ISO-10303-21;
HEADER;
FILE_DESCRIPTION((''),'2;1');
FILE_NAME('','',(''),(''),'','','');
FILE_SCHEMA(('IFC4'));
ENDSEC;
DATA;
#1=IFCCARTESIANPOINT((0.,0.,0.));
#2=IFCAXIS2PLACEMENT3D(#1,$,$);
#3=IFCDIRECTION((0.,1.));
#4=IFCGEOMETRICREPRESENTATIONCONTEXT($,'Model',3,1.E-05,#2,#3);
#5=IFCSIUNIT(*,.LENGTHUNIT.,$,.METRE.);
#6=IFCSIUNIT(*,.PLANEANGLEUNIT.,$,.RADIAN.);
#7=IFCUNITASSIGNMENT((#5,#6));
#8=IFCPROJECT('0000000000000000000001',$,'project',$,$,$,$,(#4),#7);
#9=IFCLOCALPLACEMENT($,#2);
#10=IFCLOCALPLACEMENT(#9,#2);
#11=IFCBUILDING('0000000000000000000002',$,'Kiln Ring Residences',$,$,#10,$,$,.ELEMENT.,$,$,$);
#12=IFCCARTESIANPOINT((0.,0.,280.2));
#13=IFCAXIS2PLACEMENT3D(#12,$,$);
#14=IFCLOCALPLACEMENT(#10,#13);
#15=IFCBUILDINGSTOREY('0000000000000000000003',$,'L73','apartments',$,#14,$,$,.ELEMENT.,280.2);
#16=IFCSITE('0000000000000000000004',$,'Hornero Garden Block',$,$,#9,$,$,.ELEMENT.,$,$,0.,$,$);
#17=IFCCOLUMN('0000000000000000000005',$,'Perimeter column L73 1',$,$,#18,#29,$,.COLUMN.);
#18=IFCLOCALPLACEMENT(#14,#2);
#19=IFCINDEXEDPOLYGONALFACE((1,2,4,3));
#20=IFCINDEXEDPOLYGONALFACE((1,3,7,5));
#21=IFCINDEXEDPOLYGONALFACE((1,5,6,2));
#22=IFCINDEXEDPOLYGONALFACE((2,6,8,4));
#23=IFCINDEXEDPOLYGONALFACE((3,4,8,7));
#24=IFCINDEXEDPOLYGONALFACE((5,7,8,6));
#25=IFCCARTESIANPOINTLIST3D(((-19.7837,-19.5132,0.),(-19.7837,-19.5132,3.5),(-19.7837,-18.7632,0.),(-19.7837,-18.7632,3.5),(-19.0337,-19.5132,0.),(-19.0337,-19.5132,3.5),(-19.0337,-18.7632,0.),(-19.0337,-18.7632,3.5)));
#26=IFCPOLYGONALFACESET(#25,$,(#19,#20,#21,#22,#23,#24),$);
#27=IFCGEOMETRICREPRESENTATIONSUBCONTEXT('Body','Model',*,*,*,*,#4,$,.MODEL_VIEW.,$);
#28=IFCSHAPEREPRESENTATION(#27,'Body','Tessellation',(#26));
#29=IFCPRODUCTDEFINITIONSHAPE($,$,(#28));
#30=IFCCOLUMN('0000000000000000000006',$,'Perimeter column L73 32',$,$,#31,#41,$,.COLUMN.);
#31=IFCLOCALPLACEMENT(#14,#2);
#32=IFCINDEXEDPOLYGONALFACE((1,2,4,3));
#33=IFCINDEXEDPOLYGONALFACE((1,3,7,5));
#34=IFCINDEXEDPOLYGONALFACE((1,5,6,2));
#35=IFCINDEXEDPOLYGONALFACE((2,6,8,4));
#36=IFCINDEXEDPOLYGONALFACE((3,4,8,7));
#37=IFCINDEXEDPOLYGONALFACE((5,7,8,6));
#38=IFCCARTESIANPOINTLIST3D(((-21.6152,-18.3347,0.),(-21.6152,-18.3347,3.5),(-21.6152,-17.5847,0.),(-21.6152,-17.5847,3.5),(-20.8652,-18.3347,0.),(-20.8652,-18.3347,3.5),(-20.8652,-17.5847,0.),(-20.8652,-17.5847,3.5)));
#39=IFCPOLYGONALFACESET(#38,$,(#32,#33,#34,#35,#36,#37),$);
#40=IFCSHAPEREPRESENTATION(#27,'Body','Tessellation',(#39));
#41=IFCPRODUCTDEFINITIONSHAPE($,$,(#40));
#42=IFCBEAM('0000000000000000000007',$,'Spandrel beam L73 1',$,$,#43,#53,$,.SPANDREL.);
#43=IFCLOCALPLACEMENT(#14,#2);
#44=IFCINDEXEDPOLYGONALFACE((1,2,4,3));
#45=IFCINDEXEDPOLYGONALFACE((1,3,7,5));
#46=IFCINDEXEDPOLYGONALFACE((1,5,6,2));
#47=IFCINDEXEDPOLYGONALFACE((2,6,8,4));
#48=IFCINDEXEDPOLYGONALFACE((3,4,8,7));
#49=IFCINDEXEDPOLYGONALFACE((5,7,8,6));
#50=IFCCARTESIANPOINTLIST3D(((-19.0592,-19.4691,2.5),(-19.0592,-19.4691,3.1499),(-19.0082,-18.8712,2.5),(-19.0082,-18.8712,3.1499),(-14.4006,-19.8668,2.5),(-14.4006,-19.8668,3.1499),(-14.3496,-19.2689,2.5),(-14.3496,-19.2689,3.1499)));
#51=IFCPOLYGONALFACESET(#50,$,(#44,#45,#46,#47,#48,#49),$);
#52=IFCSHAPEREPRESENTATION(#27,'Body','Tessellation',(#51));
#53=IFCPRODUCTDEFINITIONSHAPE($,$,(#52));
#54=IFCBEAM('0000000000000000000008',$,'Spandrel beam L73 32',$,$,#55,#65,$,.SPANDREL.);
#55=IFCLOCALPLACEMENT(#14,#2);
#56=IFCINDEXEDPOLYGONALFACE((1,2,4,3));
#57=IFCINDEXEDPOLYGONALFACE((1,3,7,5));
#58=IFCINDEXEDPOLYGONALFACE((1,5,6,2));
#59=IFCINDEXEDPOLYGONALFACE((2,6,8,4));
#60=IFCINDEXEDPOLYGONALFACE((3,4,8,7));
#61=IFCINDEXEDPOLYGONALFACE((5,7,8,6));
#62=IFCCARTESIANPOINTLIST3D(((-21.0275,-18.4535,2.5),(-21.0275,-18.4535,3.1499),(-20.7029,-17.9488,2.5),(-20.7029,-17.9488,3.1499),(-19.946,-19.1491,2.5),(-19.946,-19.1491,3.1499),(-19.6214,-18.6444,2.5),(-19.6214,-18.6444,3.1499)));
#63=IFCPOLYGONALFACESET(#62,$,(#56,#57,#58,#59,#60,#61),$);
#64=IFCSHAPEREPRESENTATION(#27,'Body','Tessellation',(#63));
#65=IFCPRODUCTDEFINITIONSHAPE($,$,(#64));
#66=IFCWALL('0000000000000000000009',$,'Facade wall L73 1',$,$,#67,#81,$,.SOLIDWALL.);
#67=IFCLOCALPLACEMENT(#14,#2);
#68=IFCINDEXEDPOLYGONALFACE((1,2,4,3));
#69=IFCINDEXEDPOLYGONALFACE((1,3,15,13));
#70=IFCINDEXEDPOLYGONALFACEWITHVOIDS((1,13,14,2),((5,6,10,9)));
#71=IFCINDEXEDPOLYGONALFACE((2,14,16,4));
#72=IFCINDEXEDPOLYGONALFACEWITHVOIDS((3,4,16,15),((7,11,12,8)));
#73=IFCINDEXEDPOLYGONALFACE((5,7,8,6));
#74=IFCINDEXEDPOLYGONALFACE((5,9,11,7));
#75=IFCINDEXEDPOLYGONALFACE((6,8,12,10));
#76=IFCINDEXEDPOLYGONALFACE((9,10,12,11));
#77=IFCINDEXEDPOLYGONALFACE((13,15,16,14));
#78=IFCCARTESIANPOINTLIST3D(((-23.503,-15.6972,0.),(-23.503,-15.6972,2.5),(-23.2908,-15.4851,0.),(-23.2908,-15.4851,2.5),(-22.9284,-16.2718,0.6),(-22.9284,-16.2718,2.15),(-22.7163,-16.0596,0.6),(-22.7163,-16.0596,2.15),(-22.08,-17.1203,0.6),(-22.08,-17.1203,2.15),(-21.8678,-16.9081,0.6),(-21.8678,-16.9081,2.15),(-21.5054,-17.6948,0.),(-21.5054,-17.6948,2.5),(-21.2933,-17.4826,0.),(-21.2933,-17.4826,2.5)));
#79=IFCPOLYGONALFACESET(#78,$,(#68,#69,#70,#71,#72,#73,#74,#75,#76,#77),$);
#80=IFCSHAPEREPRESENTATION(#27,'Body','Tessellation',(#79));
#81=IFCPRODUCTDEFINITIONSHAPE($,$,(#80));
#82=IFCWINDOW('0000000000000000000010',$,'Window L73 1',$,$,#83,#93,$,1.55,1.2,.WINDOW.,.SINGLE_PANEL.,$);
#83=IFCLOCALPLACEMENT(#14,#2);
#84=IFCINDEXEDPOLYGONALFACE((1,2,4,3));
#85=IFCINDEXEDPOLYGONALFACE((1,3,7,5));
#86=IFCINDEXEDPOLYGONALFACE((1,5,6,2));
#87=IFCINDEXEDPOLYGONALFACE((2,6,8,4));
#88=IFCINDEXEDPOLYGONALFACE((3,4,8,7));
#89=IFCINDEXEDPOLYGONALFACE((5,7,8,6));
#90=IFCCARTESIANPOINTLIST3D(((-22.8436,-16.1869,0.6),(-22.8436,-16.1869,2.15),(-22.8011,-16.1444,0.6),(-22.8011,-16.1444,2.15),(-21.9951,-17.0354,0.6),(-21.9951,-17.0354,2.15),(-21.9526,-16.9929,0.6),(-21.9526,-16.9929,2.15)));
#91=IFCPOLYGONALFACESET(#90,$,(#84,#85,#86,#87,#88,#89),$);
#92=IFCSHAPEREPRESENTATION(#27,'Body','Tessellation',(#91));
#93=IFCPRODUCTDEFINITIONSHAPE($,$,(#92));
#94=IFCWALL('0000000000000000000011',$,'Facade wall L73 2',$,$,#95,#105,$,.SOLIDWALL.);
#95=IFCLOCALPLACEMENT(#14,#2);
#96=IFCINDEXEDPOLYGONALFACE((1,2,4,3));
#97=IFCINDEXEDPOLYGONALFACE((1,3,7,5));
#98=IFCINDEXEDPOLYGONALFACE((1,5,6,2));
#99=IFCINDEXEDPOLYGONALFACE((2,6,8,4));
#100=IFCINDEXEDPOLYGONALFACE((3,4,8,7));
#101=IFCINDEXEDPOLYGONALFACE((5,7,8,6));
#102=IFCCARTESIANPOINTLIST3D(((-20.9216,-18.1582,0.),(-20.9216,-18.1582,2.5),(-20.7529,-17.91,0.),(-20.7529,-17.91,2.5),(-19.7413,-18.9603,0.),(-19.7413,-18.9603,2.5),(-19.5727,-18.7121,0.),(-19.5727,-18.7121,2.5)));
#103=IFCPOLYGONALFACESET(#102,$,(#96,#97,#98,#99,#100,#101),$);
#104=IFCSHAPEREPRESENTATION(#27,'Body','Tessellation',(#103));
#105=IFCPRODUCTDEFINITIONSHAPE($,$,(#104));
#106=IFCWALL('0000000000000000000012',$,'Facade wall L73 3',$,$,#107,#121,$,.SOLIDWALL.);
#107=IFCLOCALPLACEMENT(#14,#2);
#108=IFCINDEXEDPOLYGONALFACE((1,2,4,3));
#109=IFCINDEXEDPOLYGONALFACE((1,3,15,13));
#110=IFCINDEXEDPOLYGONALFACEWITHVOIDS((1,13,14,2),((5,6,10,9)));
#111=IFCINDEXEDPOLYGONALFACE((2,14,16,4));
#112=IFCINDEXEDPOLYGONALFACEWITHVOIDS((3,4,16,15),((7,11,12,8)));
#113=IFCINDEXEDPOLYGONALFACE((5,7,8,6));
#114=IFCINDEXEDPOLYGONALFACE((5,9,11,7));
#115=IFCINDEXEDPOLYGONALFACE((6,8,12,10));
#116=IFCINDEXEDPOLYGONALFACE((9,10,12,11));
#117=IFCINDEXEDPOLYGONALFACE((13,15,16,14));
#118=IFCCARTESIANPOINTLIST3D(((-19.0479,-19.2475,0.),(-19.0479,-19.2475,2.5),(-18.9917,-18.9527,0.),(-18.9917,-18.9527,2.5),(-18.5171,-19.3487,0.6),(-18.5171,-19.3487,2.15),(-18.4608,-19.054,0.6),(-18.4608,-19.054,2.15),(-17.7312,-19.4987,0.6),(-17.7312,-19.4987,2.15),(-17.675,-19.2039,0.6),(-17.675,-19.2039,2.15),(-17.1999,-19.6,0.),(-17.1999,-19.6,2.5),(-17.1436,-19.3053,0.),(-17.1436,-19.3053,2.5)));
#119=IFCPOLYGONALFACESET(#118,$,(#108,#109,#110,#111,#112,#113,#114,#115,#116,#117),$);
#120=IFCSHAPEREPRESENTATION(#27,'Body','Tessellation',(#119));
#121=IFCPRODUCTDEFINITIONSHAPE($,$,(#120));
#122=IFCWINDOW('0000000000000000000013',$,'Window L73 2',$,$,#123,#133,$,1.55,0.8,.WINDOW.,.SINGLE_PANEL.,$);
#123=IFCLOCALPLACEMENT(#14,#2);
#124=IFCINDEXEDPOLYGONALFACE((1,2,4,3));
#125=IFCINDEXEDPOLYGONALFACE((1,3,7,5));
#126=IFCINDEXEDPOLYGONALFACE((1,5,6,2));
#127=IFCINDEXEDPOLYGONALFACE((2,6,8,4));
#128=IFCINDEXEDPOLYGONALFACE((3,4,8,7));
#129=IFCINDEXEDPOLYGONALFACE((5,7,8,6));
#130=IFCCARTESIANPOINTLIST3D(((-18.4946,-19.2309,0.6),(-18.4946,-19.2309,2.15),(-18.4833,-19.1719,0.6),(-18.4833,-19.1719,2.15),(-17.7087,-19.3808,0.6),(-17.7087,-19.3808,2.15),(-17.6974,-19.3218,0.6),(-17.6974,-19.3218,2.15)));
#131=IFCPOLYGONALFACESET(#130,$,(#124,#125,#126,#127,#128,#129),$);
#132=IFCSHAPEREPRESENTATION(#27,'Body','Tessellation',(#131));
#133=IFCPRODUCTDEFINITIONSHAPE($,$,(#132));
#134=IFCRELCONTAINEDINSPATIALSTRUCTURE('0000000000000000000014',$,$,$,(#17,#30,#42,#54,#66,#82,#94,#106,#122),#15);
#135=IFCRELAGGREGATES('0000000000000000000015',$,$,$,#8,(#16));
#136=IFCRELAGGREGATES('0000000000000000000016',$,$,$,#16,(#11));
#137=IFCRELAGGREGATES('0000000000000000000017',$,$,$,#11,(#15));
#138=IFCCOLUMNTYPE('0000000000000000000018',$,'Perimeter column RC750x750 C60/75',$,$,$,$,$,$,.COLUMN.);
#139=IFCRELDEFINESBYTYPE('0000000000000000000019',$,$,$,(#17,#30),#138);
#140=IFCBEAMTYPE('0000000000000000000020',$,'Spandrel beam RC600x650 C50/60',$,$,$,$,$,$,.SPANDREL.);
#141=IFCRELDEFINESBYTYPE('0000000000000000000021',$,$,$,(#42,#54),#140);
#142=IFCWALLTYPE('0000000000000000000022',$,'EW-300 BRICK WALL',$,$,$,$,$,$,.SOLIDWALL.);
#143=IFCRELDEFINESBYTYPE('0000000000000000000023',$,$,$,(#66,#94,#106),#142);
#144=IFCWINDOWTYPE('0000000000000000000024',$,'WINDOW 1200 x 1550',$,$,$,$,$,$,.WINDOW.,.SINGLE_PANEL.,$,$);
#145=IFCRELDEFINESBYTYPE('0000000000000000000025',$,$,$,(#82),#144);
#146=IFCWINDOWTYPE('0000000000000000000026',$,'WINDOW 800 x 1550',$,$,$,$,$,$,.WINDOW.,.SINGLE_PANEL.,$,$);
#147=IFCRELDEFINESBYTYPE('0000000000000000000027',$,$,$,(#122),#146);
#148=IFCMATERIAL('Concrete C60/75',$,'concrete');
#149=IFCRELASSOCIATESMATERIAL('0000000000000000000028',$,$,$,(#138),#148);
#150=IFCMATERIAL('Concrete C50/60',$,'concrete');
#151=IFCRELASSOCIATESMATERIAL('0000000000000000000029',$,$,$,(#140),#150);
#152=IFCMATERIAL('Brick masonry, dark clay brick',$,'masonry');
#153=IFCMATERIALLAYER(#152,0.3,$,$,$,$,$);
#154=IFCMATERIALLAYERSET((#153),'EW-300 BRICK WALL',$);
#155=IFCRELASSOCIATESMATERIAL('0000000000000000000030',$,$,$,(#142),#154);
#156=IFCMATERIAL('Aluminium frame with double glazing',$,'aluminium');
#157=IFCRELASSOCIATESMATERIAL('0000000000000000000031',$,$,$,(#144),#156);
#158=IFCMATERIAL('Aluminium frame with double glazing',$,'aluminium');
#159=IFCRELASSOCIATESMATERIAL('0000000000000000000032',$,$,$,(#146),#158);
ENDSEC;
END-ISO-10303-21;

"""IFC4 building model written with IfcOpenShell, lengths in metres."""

from ifc_helpers import new_model, si_unit, direction, frame, frame_2d, origin, origin_2d, place, context, subcontext, project, spatial, rectangle, extrude, material, layer, layer_set, material_profile, profile_set, type_object, element, fill, save


model = new_model("IFC4")

# Units and contexts
model_context = context("Model", 3, precision=1e-05, world=origin(), true_north=direction((0.0, 1.0)))
body_context = subcontext(model_context, "Body", "Model", "MODEL_VIEW")
ifc_project = project(units=[si_unit("LENGTHUNIT", "METRE"), si_unit("PLANEANGLEUNIT", "RADIAN")], contexts=[model_context])

# Site, building, storey
site_placement = place(None, origin())
site = spatial("IfcSite", under=ifc_project, at=site_placement, Name="Hornero Garden Block", CompositionType="ELEMENT", RefElevation=0.0)
building_placement = place(site_placement, origin())
building = spatial("IfcBuilding", under=site, at=building_placement, Name="Kiln Ring Residences", CompositionType="ELEMENT")
storey_placement = place(building_placement, frame((0.0, 0.0, 280.2)))
storey = spatial("IfcBuildingStorey", under=building, at=storey_placement, Name="L73", Description="apartments", CompositionType="ELEMENT", Elevation=280.2)

# Columns
ifc_material_1 = material(Name="Concrete C60/75", Category="concrete")
ifc_material_profile_1 = material_profile(ifc_material_1, rectangle(XDim=0.75, YDim=0.75, at=origin_2d()), Name="RC750x750")
ifc_profile_set_1 = profile_set([ifc_material_profile_1], Name="Concrete C60/75")
column_type = type_object("IfcColumnType", Name="Perimeter column RC750x750 C60/75", PredefinedType="COLUMN", material=ifc_profile_set_1)
for number, where, z_axis, x_axis, name in (
    (1, (-19.4087, -19.1382, 0.0), (0.0, 0.0, 1.0), (1.0, 0.0, 0.0), "Perimeter column L73 1"),
    (2, (-21.2402, -17.9597, 0.0), (0.0, 0.0, 1.0), (1.0, 0.0, 0.0), "Perimeter column L73 32"),
):
    element("IfcColumn", number, at=place(storey_placement, frame(where, z_axis=z_axis, x_axis=x_axis)), inside=storey, type_object=column_type, Name=name, PredefinedType="COLUMN", context=body_context, shape_type="SweptSolid", body=[
        extrude(rectangle(XDim=0.75, YDim=0.75, at=origin_2d()), origin(), (0.0, 0.0, 1.0), 3.5),
    ])

# Beams
ifc_material_2 = material(Name="Concrete C50/60", Category="concrete")
ifc_material_profile_2 = material_profile(ifc_material_2, rectangle(XDim=0.6001, YDim=0.6499, at=origin_2d()), Name="RC600x650")
ifc_profile_set_2 = profile_set([ifc_material_profile_2], Name="Concrete C50/60")
beam_type = type_object("IfcBeamType", Name="Spandrel beam RC600x650 C50/60", PredefinedType="SPANDREL", material=ifc_profile_set_2)
beam_1_placement = place(storey_placement, frame((-19.0337, -19.1702, 2.825), z_axis=(0.996376, -0.085059, 0.0), x_axis=(0.085059, 0.996376, 0.0)))
element("IfcBeam", 3, at=beam_1_placement, inside=storey, type_object=beam_type, Name="Spandrel beam L73 1", PredefinedType="SPANDREL", context=body_context, shape_type="SweptSolid", body=[
    extrude(rectangle(XDim=0.6001, YDim=0.6499, at=origin_2d()), origin(), (0.0, 0.0, 1.0), 4.6755),
])
beam_2_placement = place(storey_placement, frame((-20.8652, -18.2012, 2.825), z_axis=(0.84108, -0.540911, 0.0), x_axis=(0.540911, 0.84108, 0.0)))
element("IfcBeam", 4, at=beam_2_placement, inside=storey, type_object=beam_type, Name="Spandrel beam L73 32", PredefinedType="SPANDREL", context=body_context, shape_type="SweptSolid", body=[
    extrude(rectangle(XDim=0.6001, YDim=0.6499, at=origin_2d()), origin(), (0.0, 0.0, 1.0), 1.2859),
])

# Wall, opening, window
ifc_material_3 = material(Name="Brick masonry, dark clay brick", Category="masonry")
ifc_layer_1 = layer(ifc_material_3, 0.3)
ifc_layer_set_1 = layer_set([ifc_layer_1], Name="EW-300 BRICK WALL")
wall_type_1 = type_object("IfcWallType", Name="EW-300 BRICK WALL", PredefinedType="SOLIDWALL", material=ifc_layer_set_1)
wall_1_placement = place(storey_placement, frame((-23.397, -15.5911, 0.0), z_axis=(0.0, 0.0, 1.0), x_axis=(0.707107, -0.707107, 0.0)))
wall_1 = element("IfcWall", 5, at=wall_1_placement, inside=storey, type_object=wall_type_1, Name="Facade wall L73 1", PredefinedType="SOLIDWALL", context=body_context, shape_type="SweptSolid", body=[
    extrude(rectangle(XDim=2.825, YDim=0.3, at=frame_2d((1.4126, 0.0))), origin(), (0.0, 0.0, 1.0), 2.5),
])
opening_1_placement = place(wall_1_placement, frame((0.8125, 0.0, 0.6001)))
opening_1 = element("IfcOpeningElement", 6, at=opening_1_placement, cuts=wall_1, PredefinedType="OPENING", context=body_context, shape_type="SweptSolid", body=[
    extrude(rectangle(XDim=1.2, YDim=1.55, at=frame_2d((0.6001, 0.7749))), frame((0.0, 0.1599, 0.0), z_axis=(0.0, -1.0, 0.0), x_axis=(1.0, 0.0, 0.0)), (0.0, 0.0, 1.0), 0.3201),
])
ifc_material_4 = material(Name="Aluminium frame with double glazing", Category="aluminium")
window_type_1 = type_object("IfcWindowType", Name="WINDOW 1200 x 1550", PartitioningType="SINGLE_PANEL", PredefinedType="WINDOW", material=ifc_material_4)
window_1_placement = place(opening_1_placement, origin())
window_1 = element("IfcWindow", 7, at=window_1_placement, inside=storey, type_object=window_type_1, Name="Window L73 1", OverallHeight=1.55, OverallWidth=1.2, PartitioningType="SINGLE_PANEL", PredefinedType="WINDOW", context=body_context, shape_type="SweptSolid", body=[
    extrude(rectangle(XDim=1.2, YDim=1.55, at=frame_2d((0.6001, 0.7749))), frame((0.0, 0.03, 0.0), z_axis=(0.0, -1.0, 0.0), x_axis=(1.0, 0.0, 0.0)), (0.0, 0.0, 1.0), 0.0601),
])
fill(opening_1, window_1)

# Wall
wall_2_placement = place(storey_placement, frame((-20.8372, -18.0342, 0.0), z_axis=(0.0, 0.0, 1.0), x_axis=(0.827095, -0.562062, 0.0)))
element("IfcWall", 8, at=wall_2_placement, inside=storey, type_object=wall_type_1, Name="Facade wall L73 2", PredefinedType="SOLIDWALL", context=body_context, shape_type="SweptSolid", body=[
    extrude(rectangle(XDim=1.427, YDim=0.3, at=frame_2d((0.7134, 0.0))), origin(), (0.0, 0.0, 1.0), 2.5),
])

# Wall, opening, window
wall_3_placement = place(storey_placement, frame((-19.0198, -19.1001, 0.0), z_axis=(0.0, 0.0, 1.0), x_axis=(0.982284, -0.187398, 0.0)))
wall_3 = element("IfcWall", 9, at=wall_3_placement, inside=storey, type_object=wall_type_1, Name="Facade wall L73 3", PredefinedType="SOLIDWALL", context=body_context, shape_type="SweptSolid", body=[
    extrude(rectangle(XDim=1.8813, YDim=0.3, at=frame_2d((0.9407, 0.0))), origin(), (0.0, 0.0, 1.0), 2.5),
])
opening_2_placement = place(wall_3_placement, frame((0.5405, 0.0, 0.6001)))
opening_2 = element("IfcOpeningElement", 10, at=opening_2_placement, cuts=wall_3, PredefinedType="OPENING", context=body_context, shape_type="SweptSolid", body=[
    extrude(rectangle(XDim=0.8, YDim=1.55, at=frame_2d((0.3999, 0.7749))), frame((0.0, 0.1599, 0.0), z_axis=(0.0, -1.0, 0.0), x_axis=(1.0, 0.0, 0.0)), (0.0, 0.0, 1.0), 0.3201),
])
ifc_material_5 = material(Name="Aluminium frame with double glazing", Category="aluminium")
window_type_2 = type_object("IfcWindowType", Name="WINDOW 800 x 1550", PartitioningType="SINGLE_PANEL", PredefinedType="WINDOW", material=ifc_material_5)
window_2_placement = place(opening_2_placement, origin())
window_2 = element("IfcWindow", 11, at=window_2_placement, inside=storey, type_object=window_type_2, Name="Window L73 2", OverallHeight=1.55, OverallWidth=0.8, PartitioningType="SINGLE_PANEL", PredefinedType="WINDOW", context=body_context, shape_type="SweptSolid", body=[
    extrude(rectangle(XDim=0.8, YDim=1.55, at=frame_2d((0.3999, 0.7749))), frame((0.0, 0.03, 0.0), z_axis=(0.0, -1.0, 0.0), x_axis=(1.0, 0.0, 0.0)), (0.0, 0.0, 1.0), 0.0601),
])
fill(opening_2, window_2)

save(model, "model.ifc")
